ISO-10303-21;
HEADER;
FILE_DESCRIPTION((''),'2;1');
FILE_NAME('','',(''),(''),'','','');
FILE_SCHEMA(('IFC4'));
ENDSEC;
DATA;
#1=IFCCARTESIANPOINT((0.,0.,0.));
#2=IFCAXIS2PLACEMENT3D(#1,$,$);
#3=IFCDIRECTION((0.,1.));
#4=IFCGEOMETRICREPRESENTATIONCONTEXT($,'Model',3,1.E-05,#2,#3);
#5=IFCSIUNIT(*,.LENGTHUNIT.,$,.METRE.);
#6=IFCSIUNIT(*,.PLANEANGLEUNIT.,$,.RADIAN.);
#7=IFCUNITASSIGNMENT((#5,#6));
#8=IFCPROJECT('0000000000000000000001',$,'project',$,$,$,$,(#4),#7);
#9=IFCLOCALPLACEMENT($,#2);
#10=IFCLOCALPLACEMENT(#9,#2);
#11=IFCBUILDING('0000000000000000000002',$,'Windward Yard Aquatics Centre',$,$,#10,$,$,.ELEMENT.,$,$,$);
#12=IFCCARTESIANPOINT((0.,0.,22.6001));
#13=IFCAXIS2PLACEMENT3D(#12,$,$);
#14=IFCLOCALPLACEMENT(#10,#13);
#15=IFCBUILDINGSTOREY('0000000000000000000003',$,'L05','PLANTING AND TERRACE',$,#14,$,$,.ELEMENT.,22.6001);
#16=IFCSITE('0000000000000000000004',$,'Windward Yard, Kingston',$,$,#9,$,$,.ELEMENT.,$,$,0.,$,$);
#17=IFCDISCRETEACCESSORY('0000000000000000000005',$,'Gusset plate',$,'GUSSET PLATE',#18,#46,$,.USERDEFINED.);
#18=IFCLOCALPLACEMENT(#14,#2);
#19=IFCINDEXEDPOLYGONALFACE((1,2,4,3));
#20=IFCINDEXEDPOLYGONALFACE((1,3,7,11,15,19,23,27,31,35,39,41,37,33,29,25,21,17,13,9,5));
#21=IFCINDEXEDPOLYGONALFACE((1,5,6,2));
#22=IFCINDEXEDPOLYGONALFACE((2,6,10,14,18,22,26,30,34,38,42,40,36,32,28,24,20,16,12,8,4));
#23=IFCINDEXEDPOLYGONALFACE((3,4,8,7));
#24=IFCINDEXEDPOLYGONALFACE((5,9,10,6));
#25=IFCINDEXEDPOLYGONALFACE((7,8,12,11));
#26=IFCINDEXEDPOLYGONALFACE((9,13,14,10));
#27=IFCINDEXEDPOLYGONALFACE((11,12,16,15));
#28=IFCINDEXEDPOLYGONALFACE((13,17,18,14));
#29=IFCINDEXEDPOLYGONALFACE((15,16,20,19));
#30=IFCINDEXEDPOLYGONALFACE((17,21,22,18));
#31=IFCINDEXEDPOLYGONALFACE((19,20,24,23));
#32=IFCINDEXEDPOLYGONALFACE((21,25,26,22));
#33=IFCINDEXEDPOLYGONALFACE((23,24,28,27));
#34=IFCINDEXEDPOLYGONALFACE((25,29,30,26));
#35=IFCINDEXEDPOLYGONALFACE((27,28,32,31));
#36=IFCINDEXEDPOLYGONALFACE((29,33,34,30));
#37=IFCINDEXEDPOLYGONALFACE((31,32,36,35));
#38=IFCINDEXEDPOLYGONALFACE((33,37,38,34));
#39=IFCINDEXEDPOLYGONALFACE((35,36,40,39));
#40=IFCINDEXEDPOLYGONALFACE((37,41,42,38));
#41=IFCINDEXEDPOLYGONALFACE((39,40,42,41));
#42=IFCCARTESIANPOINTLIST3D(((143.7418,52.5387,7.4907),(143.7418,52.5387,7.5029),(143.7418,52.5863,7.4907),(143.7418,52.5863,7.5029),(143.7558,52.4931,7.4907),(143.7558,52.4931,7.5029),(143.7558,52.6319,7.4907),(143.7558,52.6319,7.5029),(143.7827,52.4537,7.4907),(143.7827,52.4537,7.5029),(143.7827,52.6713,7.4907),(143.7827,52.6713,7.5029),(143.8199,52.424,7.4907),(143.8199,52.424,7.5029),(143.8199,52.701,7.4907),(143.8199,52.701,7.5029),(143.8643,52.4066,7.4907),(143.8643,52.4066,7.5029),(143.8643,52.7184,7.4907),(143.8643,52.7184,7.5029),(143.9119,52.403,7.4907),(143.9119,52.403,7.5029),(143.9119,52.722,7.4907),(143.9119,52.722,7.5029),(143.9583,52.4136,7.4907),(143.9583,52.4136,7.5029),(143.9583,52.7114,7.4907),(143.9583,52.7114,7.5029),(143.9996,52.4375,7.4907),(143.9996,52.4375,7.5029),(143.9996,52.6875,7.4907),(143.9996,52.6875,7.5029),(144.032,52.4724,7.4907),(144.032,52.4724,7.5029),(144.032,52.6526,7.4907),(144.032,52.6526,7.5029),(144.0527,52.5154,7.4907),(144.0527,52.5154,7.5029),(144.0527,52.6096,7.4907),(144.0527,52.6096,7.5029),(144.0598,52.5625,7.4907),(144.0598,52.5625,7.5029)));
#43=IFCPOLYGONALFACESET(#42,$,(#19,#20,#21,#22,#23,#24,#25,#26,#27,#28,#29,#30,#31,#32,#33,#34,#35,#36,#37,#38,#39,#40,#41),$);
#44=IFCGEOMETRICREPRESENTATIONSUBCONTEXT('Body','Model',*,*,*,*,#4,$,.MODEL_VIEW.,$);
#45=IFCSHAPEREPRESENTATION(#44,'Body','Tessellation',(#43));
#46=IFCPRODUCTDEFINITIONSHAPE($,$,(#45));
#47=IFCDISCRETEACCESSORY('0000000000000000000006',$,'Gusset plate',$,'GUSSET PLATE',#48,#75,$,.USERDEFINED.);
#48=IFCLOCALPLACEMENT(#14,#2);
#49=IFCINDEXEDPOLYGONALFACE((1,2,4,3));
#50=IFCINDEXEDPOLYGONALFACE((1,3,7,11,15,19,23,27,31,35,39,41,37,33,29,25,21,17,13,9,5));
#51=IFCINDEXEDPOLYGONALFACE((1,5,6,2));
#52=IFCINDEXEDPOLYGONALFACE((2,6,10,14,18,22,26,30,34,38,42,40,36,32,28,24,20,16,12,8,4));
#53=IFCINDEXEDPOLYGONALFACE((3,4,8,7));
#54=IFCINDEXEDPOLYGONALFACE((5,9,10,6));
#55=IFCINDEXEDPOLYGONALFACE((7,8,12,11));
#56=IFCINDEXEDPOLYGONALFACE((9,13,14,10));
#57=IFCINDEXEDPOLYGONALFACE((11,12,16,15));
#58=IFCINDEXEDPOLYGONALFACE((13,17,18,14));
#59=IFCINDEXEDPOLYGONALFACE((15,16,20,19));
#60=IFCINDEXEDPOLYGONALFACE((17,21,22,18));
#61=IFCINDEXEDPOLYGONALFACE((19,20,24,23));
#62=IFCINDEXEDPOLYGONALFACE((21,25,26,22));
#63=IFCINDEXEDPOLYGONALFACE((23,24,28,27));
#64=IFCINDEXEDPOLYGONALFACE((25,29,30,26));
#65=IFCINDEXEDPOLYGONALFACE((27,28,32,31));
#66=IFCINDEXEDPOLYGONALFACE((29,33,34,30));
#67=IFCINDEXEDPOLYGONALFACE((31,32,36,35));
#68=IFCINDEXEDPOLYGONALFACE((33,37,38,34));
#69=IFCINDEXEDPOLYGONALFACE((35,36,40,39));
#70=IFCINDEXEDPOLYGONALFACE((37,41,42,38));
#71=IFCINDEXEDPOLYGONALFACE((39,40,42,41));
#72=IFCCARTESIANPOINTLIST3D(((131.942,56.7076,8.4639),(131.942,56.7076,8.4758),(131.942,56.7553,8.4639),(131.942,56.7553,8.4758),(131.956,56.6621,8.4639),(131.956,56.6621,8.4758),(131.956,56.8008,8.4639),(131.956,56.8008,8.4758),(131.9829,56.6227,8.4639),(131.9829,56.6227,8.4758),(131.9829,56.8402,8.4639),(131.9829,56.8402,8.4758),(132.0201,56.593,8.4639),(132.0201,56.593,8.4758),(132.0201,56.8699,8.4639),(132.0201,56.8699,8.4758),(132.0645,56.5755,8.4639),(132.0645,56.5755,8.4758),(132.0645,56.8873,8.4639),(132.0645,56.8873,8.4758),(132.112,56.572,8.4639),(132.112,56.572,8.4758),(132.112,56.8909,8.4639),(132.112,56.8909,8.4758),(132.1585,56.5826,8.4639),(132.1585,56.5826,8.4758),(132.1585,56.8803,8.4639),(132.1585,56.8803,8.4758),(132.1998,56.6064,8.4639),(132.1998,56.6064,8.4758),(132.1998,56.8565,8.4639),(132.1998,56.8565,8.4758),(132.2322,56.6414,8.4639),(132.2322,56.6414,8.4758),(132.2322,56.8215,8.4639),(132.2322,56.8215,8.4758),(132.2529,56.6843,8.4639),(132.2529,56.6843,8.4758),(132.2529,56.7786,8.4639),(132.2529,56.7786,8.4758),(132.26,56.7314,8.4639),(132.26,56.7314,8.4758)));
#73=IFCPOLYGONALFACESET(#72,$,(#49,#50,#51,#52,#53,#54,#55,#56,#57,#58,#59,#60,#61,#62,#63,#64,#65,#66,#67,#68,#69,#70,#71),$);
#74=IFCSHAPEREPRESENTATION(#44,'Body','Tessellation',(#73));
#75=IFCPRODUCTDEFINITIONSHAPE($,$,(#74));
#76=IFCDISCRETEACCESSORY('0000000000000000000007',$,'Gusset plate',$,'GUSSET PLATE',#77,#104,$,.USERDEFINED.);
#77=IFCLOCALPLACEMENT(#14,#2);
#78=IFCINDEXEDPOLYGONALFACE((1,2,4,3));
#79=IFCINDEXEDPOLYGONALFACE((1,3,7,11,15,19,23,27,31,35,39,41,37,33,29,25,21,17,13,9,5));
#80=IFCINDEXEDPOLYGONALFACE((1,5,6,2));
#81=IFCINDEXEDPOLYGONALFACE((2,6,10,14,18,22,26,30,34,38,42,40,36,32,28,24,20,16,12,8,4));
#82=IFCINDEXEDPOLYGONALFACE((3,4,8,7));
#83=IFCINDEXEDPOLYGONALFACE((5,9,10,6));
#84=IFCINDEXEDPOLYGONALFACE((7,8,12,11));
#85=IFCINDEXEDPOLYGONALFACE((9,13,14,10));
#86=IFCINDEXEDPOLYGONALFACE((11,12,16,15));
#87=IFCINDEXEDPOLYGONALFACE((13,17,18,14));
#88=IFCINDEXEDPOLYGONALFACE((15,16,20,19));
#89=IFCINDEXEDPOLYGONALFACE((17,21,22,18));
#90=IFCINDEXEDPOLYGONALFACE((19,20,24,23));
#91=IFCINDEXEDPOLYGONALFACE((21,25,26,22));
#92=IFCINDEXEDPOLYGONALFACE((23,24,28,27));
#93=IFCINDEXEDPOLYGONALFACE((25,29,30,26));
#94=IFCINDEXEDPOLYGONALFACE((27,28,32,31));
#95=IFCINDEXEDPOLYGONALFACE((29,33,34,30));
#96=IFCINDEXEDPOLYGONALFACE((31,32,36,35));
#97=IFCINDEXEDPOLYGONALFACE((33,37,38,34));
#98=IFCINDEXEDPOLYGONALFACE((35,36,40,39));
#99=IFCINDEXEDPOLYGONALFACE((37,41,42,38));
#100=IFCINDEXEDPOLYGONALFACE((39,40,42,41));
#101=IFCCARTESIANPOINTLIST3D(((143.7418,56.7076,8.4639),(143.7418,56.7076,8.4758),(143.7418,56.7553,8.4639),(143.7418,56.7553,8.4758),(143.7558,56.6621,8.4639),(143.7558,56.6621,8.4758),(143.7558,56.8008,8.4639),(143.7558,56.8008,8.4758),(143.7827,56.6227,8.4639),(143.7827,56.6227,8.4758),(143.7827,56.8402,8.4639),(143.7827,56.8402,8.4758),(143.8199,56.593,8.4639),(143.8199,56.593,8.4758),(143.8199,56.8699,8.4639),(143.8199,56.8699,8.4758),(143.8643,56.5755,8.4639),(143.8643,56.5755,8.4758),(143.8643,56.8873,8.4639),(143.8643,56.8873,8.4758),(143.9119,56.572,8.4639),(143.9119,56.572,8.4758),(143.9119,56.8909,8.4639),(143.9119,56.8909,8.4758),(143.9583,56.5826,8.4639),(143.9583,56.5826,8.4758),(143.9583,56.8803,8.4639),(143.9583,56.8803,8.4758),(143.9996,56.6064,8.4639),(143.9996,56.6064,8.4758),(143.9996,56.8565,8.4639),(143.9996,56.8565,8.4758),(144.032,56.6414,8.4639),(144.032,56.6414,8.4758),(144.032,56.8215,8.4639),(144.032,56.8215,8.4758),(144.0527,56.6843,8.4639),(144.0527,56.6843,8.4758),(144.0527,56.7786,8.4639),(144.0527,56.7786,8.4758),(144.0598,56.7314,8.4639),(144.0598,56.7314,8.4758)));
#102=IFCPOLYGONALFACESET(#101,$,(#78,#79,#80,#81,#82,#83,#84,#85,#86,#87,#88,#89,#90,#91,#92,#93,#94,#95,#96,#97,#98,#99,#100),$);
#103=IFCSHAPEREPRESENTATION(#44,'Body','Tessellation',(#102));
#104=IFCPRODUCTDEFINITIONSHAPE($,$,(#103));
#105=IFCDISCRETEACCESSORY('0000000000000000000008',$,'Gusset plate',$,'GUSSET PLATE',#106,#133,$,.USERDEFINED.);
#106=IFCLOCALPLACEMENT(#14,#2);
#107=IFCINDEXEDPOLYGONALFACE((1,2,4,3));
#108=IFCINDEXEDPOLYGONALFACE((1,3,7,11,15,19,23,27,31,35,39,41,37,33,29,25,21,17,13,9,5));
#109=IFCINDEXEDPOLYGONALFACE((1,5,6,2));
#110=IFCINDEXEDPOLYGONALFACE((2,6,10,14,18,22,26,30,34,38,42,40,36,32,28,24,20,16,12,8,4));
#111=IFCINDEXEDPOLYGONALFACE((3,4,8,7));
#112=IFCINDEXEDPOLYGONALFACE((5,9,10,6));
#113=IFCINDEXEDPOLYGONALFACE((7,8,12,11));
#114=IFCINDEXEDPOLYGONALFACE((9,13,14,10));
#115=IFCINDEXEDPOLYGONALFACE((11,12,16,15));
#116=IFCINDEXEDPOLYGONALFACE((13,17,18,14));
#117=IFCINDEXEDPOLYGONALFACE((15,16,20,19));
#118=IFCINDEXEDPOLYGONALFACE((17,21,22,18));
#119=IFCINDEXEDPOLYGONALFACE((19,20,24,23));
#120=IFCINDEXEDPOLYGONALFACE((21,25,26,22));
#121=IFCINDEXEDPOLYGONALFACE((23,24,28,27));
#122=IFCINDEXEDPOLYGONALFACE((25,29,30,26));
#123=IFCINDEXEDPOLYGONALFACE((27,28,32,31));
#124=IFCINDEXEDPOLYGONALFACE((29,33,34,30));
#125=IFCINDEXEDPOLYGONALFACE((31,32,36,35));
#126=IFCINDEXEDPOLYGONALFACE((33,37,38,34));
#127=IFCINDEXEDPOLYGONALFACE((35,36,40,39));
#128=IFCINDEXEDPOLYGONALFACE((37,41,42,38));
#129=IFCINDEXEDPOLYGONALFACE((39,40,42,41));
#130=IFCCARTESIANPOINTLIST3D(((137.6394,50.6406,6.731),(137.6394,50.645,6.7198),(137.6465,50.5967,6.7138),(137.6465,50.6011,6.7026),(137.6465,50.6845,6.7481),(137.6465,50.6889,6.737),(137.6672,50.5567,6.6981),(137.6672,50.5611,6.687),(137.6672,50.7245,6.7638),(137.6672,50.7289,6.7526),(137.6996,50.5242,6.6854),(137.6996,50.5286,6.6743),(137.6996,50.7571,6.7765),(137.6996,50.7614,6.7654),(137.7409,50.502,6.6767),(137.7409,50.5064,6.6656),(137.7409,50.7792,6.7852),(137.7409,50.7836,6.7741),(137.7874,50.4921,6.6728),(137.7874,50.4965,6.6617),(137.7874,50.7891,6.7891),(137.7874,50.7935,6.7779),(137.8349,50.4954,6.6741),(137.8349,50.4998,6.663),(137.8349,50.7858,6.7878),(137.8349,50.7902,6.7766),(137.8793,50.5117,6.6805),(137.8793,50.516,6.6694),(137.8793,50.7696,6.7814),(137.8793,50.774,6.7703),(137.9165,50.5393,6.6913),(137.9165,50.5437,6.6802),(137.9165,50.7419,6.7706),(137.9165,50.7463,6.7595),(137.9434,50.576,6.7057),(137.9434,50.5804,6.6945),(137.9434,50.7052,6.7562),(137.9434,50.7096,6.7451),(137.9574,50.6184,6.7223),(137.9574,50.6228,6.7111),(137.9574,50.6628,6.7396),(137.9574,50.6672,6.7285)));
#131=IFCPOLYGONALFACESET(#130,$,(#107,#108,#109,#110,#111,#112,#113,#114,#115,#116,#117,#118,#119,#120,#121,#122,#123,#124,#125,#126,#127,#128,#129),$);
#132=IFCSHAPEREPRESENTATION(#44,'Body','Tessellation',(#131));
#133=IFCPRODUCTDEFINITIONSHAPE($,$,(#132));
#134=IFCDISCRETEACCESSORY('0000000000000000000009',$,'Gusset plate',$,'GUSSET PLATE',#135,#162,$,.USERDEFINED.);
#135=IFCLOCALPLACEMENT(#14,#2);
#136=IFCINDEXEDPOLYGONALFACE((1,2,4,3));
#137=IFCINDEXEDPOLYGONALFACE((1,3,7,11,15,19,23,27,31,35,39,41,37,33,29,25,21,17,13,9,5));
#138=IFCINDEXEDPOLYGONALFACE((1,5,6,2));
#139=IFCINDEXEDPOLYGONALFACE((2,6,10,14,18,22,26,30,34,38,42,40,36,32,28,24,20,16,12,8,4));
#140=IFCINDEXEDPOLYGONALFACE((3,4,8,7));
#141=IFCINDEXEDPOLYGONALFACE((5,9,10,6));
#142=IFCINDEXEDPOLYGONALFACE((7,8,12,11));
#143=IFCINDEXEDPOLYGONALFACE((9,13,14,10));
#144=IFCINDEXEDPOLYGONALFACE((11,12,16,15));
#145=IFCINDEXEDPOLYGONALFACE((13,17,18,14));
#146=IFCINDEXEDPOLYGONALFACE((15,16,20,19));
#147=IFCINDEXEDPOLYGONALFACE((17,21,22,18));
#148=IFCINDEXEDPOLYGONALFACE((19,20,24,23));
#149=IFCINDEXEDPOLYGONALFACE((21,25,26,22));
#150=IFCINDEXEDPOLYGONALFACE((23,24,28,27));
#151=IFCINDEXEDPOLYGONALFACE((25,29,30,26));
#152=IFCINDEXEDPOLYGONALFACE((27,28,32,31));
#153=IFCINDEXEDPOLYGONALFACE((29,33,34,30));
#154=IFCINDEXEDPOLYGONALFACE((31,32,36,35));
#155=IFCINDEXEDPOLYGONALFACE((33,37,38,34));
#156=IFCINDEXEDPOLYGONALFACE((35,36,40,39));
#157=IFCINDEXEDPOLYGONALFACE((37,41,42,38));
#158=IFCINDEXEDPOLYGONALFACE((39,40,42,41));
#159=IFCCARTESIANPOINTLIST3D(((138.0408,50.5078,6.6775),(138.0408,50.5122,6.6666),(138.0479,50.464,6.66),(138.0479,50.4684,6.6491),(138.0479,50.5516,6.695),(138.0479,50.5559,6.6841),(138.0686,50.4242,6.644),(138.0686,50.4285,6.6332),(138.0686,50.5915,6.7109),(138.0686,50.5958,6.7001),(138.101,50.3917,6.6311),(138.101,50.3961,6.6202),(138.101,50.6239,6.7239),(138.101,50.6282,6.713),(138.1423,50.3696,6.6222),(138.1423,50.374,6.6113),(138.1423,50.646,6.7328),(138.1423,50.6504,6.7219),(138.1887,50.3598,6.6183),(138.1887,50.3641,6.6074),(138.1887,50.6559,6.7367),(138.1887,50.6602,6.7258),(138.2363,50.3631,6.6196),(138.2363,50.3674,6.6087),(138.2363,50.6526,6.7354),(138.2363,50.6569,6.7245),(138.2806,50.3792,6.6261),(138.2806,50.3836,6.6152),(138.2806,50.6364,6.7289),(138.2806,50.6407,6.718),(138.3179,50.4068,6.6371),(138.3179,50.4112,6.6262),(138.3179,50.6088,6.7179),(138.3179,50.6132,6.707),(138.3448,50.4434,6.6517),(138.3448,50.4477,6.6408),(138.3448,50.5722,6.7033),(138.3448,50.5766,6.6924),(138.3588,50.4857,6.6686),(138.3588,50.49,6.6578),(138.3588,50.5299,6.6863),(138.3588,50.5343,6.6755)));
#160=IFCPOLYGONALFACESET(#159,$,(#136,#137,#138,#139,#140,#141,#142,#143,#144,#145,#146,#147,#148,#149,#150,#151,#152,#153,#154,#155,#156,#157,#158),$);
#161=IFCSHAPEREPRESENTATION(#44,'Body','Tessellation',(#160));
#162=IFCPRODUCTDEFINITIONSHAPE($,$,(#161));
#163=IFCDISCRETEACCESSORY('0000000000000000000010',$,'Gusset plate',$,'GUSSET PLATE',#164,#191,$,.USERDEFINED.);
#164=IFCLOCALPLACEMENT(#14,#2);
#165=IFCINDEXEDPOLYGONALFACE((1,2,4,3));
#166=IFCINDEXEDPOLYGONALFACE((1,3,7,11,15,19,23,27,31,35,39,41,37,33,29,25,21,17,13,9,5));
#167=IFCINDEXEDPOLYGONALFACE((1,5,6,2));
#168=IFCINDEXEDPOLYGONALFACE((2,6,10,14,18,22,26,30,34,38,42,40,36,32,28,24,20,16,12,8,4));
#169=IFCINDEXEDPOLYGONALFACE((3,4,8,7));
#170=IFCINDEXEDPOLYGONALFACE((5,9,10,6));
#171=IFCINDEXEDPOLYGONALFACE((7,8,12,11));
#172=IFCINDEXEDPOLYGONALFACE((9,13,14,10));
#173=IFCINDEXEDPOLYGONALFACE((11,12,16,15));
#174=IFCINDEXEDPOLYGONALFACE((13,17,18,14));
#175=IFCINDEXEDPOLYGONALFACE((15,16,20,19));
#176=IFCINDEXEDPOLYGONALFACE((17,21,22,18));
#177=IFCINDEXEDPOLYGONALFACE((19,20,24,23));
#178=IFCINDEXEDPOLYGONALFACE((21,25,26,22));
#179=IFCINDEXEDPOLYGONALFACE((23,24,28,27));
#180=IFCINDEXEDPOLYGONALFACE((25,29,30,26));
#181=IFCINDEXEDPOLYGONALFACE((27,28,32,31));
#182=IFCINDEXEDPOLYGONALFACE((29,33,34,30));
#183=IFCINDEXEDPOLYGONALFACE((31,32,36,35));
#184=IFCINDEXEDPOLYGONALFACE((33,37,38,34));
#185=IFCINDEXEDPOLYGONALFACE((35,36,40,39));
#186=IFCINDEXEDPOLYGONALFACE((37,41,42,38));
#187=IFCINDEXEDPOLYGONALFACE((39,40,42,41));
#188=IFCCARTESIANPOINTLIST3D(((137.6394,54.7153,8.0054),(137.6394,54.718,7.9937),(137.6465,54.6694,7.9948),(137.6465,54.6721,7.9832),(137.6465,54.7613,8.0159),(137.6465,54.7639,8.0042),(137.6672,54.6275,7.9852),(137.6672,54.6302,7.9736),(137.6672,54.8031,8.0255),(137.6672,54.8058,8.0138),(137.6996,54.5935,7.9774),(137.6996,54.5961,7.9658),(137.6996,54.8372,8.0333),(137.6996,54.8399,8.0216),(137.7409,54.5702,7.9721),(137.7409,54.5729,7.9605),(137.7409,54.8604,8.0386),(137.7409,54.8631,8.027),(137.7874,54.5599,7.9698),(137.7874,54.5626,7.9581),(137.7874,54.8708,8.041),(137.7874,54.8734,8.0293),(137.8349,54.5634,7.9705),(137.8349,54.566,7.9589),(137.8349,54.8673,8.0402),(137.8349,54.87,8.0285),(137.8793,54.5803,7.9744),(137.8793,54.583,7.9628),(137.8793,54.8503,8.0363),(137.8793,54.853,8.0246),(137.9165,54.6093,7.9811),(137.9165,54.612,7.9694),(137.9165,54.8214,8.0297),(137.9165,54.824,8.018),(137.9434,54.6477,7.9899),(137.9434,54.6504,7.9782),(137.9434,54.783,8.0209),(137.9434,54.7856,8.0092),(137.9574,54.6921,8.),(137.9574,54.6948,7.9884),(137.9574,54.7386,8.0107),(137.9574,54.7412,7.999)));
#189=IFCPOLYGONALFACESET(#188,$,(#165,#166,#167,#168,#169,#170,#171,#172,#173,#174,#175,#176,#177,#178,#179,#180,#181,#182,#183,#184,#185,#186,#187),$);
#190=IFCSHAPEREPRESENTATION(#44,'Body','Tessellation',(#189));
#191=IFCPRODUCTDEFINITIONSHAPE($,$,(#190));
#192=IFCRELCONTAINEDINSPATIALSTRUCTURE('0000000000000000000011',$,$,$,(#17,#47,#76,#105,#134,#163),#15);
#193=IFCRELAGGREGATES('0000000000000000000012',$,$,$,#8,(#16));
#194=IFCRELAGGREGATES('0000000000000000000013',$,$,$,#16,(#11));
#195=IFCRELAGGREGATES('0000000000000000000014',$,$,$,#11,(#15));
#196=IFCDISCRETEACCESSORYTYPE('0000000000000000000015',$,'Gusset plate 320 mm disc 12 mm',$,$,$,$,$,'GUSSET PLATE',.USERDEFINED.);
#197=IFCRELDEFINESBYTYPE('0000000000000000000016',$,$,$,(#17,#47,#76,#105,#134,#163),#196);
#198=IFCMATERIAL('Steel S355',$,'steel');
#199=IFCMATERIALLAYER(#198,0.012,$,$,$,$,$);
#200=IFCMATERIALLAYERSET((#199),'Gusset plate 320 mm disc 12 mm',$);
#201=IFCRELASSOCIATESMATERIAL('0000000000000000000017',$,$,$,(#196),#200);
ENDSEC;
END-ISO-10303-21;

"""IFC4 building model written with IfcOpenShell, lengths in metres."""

from ifc_helpers import new_model, si_unit, direction, frame, origin, origin_2d, place, context, subcontext, project, spatial, circle, extrude, material, layer, layer_set, type_object, element, save


model = new_model("IFC4")

# Units and contexts
model_context = context("Model", 3, precision=1e-05, world=origin(), true_north=direction((0.0, 1.0)))
body_context = subcontext(model_context, "Body", "Model", "MODEL_VIEW")
ifc_project = project(units=[si_unit("LENGTHUNIT", "METRE"), si_unit("PLANEANGLEUNIT", "RADIAN")], contexts=[model_context])

# Site, building, storey
site_placement = place(None, origin())
site = spatial("IfcSite", under=ifc_project, at=site_placement, Name="Windward Yard, Kingston", CompositionType="ELEMENT", RefElevation=0.0)
building_placement = place(site_placement, origin())
building = spatial("IfcBuilding", under=site, at=building_placement, Name="Windward Yard Aquatics Centre", CompositionType="ELEMENT")
storey_placement = place(building_placement, frame((0.0, 0.0, 22.6001)))
storey = spatial("IfcBuildingStorey", under=building, at=storey_placement, Name="L05", Description="PLANTING AND TERRACE", CompositionType="ELEMENT", Elevation=22.6001)

# Discrete accessories
ifc_material_1 = material(Name="Steel S355", Category="steel")
ifc_layer = layer(ifc_material_1, 0.012)
ifc_layer_set = layer_set([ifc_layer], Name="Gusset plate 320 mm disc 12 mm")
discrete_accessory_type = type_object("IfcDiscreteAccessoryType", Name="Gusset plate 320 mm disc 12 mm", ElementType="GUSSET PLATE", PredefinedType="USERDEFINED", material=ifc_layer_set)
for number, where, z_axis, x_axis, name in (
    (1, (143.8999, 52.5625, 7.4907), (0.0, 0.0, 1.0), (1.0, 0.0, 0.0), "Gusset plate"),
):
    element("IfcDiscreteAccessory", number, at=place(storey_placement, frame(where, z_axis=z_axis, x_axis=x_axis)), inside=storey, type_object=discrete_accessory_type, Name=name, ObjectType="GUSSET PLATE", PredefinedType="USERDEFINED", context=body_context, shape_type="SweptSolid", body=[
        extrude(circle(Radius=0.1599, at=origin_2d()), origin(), (0.0, 0.0, 1.0), 0.0122),
    ])
for number, where, z_axis, x_axis, name in (
    (2, (132.1001, 56.7314, 8.4639), (0.0, 0.0, 1.0), (1.0, 0.0, 0.0), "Gusset plate"),
    (3, (143.8999, 56.7314, 8.4639), (0.0, 0.0, 1.0), (1.0, 0.0, 0.0), "Gusset plate"),
    (4, (137.7993, 50.6406, 6.731), (0.0, 0.364399, -0.931243), (-1.0, 0.0, 0.0), "Gusset plate"),
):
    element("IfcDiscreteAccessory", number, at=place(storey_placement, frame(where, z_axis=z_axis, x_axis=x_axis)), inside=storey, type_object=discrete_accessory_type, Name=name, ObjectType="GUSSET PLATE", PredefinedType="USERDEFINED", context=body_context, shape_type="SweptSolid", body=[
        extrude(circle(Radius=0.1599, at=origin_2d()), origin(), (0.0, 0.0, 1.0), 0.012),
    ])
discrete_accessory_1_placement = place(storey_placement, frame((138.2007, 50.5078, 6.6775), z_axis=(0.0, 0.371391, -0.928477), x_axis=(-1.0, 0.0, 0.0)))
element("IfcDiscreteAccessory", 5, at=discrete_accessory_1_placement, inside=storey, type_object=discrete_accessory_type, Name="Gusset plate", ObjectType="GUSSET PLATE", PredefinedType="USERDEFINED", context=body_context, shape_type="SweptSolid", body=[
    extrude(circle(Radius=0.1599, at=origin_2d()), origin(), (0.0, 0.0, 1.0), 0.0117),
])
for number, where, z_axis, x_axis, name in (
    (6, (137.7993, 54.7153, 8.0054), (0.0, 0.223376, -0.974732), (-1.0, 0.0, 0.0), "Gusset plate"),
):
    element("IfcDiscreteAccessory", number, at=place(storey_placement, frame(where, z_axis=z_axis, x_axis=x_axis)), inside=storey, type_object=discrete_accessory_type, Name=name, ObjectType="GUSSET PLATE", PredefinedType="USERDEFINED", context=body_context, shape_type="SweptSolid", body=[
        extrude(circle(Radius=0.1599, at=origin_2d()), origin(), (0.0, 0.0, 1.0), 0.012),
    ])

save(model, "model.ifc")
